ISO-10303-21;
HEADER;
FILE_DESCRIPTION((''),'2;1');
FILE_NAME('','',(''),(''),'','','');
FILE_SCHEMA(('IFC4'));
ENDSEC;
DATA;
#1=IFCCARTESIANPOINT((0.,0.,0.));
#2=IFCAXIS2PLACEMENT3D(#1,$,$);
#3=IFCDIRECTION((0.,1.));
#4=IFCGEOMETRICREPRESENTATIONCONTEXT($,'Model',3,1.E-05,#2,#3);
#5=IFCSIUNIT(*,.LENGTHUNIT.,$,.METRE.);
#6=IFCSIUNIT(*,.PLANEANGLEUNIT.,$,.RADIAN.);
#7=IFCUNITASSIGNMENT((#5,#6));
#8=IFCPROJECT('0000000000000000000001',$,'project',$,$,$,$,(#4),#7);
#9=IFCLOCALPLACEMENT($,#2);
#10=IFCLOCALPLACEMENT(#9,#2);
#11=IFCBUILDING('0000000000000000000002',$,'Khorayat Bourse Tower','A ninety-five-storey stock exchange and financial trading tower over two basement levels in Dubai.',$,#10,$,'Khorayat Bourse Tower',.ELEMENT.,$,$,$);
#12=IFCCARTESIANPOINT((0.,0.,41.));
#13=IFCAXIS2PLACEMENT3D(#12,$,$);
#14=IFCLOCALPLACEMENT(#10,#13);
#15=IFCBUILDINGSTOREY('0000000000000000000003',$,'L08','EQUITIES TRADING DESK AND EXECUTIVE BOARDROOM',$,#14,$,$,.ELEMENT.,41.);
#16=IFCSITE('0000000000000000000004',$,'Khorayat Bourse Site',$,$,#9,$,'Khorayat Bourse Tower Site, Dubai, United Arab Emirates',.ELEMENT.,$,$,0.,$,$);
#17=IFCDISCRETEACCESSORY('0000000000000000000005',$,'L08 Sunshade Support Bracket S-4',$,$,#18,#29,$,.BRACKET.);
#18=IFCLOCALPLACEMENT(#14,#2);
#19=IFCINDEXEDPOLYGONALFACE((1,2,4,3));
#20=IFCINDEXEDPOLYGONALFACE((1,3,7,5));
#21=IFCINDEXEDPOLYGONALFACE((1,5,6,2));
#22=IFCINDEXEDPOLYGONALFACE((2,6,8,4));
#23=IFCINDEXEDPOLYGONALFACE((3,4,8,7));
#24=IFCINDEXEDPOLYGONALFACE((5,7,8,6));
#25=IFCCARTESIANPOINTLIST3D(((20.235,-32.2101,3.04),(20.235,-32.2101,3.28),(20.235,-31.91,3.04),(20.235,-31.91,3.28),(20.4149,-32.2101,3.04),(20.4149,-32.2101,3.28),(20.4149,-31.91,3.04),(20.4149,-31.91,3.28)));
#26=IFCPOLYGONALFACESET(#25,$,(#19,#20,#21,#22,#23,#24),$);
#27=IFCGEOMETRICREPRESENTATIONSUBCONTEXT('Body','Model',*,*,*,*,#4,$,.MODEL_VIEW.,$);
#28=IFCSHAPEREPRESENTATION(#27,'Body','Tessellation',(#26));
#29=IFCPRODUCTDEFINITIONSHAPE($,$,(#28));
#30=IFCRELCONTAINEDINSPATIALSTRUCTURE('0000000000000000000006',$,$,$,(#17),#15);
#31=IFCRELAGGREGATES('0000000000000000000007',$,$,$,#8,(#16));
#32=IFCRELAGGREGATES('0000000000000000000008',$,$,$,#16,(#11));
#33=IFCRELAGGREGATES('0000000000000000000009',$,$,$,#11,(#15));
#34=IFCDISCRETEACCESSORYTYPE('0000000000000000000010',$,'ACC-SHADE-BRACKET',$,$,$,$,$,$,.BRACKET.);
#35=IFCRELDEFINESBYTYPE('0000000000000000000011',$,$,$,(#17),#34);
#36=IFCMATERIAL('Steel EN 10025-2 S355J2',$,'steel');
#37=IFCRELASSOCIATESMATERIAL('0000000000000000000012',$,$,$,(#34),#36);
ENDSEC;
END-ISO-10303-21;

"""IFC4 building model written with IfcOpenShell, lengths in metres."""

from ifc_helpers import new_model, si_unit, direction, frame, origin, origin_2d, place, context, subcontext, project, spatial, rectangle, extrude, source, transform, mapped, material, type_object, element, save


model = new_model("IFC4")

# Units and contexts
model_context = context("Model", 3, precision=1e-05, world=origin(), true_north=direction((0.0, 1.0)))
body_context = subcontext(model_context, "Body", "Model", "MODEL_VIEW")
ifc_project = project(units=[si_unit("LENGTHUNIT", "METRE"), si_unit("PLANEANGLEUNIT", "RADIAN")], contexts=[model_context])

# Site, building, storey
site_placement = place(None, origin())
site = spatial("IfcSite", under=ifc_project, at=site_placement, Name="Khorayat Bourse Site", LongName="Khorayat Bourse Tower Site, Dubai, United Arab Emirates", CompositionType="ELEMENT", RefElevation=0.0)
building_placement = place(site_placement, origin())
building = spatial("IfcBuilding", under=site, at=building_placement, Name="Khorayat Bourse Tower", Description="A ninety-five-storey stock exchange and financial trading tower over two basement levels in Dubai.", LongName="Khorayat Bourse Tower", CompositionType="ELEMENT")
storey_placement = place(building_placement, frame((0.0, 0.0, 41.0)))
storey = spatial("IfcBuildingStorey", under=building, at=storey_placement, Name="L08", Description="EQUITIES TRADING DESK AND EXECUTIVE BOARDROOM", CompositionType="ELEMENT", Elevation=41.0)

# Discrete accessory
ifc_material_1 = material(Name="Steel EN 10025-2 S355J2", Category="steel")
discrete_accessory_type = type_object("IfcDiscreteAccessoryType", Name="ACC-SHADE-BRACKET", PredefinedType="BRACKET", material=ifc_material_1)
shared_shape_1 = source(origin(), body_context, "Body", "SweptSolid", [
    extrude(rectangle(XDim=0.1799, YDim=0.3, at=origin_2d()), origin(), (0.0, 0.0, 1.0), 0.24),
])
discrete_accessory_placement = place(storey_placement, frame((20.325, -32.0601, 3.04), z_axis=(0.0, 0.0, 1.0), x_axis=(1.0, 0.0, 0.0)))
element("IfcDiscreteAccessory", 1, at=discrete_accessory_placement, inside=storey, type_object=discrete_accessory_type, Name="L08 Sunshade Support Bracket S-4", PredefinedType="BRACKET", context=body_context, shape_type="MappedRepresentation", body=[
    mapped(shared_shape_1, transform((0.0, 0.0, 0.0), scale=1.0)),
])

save(model, "model.ifc")
